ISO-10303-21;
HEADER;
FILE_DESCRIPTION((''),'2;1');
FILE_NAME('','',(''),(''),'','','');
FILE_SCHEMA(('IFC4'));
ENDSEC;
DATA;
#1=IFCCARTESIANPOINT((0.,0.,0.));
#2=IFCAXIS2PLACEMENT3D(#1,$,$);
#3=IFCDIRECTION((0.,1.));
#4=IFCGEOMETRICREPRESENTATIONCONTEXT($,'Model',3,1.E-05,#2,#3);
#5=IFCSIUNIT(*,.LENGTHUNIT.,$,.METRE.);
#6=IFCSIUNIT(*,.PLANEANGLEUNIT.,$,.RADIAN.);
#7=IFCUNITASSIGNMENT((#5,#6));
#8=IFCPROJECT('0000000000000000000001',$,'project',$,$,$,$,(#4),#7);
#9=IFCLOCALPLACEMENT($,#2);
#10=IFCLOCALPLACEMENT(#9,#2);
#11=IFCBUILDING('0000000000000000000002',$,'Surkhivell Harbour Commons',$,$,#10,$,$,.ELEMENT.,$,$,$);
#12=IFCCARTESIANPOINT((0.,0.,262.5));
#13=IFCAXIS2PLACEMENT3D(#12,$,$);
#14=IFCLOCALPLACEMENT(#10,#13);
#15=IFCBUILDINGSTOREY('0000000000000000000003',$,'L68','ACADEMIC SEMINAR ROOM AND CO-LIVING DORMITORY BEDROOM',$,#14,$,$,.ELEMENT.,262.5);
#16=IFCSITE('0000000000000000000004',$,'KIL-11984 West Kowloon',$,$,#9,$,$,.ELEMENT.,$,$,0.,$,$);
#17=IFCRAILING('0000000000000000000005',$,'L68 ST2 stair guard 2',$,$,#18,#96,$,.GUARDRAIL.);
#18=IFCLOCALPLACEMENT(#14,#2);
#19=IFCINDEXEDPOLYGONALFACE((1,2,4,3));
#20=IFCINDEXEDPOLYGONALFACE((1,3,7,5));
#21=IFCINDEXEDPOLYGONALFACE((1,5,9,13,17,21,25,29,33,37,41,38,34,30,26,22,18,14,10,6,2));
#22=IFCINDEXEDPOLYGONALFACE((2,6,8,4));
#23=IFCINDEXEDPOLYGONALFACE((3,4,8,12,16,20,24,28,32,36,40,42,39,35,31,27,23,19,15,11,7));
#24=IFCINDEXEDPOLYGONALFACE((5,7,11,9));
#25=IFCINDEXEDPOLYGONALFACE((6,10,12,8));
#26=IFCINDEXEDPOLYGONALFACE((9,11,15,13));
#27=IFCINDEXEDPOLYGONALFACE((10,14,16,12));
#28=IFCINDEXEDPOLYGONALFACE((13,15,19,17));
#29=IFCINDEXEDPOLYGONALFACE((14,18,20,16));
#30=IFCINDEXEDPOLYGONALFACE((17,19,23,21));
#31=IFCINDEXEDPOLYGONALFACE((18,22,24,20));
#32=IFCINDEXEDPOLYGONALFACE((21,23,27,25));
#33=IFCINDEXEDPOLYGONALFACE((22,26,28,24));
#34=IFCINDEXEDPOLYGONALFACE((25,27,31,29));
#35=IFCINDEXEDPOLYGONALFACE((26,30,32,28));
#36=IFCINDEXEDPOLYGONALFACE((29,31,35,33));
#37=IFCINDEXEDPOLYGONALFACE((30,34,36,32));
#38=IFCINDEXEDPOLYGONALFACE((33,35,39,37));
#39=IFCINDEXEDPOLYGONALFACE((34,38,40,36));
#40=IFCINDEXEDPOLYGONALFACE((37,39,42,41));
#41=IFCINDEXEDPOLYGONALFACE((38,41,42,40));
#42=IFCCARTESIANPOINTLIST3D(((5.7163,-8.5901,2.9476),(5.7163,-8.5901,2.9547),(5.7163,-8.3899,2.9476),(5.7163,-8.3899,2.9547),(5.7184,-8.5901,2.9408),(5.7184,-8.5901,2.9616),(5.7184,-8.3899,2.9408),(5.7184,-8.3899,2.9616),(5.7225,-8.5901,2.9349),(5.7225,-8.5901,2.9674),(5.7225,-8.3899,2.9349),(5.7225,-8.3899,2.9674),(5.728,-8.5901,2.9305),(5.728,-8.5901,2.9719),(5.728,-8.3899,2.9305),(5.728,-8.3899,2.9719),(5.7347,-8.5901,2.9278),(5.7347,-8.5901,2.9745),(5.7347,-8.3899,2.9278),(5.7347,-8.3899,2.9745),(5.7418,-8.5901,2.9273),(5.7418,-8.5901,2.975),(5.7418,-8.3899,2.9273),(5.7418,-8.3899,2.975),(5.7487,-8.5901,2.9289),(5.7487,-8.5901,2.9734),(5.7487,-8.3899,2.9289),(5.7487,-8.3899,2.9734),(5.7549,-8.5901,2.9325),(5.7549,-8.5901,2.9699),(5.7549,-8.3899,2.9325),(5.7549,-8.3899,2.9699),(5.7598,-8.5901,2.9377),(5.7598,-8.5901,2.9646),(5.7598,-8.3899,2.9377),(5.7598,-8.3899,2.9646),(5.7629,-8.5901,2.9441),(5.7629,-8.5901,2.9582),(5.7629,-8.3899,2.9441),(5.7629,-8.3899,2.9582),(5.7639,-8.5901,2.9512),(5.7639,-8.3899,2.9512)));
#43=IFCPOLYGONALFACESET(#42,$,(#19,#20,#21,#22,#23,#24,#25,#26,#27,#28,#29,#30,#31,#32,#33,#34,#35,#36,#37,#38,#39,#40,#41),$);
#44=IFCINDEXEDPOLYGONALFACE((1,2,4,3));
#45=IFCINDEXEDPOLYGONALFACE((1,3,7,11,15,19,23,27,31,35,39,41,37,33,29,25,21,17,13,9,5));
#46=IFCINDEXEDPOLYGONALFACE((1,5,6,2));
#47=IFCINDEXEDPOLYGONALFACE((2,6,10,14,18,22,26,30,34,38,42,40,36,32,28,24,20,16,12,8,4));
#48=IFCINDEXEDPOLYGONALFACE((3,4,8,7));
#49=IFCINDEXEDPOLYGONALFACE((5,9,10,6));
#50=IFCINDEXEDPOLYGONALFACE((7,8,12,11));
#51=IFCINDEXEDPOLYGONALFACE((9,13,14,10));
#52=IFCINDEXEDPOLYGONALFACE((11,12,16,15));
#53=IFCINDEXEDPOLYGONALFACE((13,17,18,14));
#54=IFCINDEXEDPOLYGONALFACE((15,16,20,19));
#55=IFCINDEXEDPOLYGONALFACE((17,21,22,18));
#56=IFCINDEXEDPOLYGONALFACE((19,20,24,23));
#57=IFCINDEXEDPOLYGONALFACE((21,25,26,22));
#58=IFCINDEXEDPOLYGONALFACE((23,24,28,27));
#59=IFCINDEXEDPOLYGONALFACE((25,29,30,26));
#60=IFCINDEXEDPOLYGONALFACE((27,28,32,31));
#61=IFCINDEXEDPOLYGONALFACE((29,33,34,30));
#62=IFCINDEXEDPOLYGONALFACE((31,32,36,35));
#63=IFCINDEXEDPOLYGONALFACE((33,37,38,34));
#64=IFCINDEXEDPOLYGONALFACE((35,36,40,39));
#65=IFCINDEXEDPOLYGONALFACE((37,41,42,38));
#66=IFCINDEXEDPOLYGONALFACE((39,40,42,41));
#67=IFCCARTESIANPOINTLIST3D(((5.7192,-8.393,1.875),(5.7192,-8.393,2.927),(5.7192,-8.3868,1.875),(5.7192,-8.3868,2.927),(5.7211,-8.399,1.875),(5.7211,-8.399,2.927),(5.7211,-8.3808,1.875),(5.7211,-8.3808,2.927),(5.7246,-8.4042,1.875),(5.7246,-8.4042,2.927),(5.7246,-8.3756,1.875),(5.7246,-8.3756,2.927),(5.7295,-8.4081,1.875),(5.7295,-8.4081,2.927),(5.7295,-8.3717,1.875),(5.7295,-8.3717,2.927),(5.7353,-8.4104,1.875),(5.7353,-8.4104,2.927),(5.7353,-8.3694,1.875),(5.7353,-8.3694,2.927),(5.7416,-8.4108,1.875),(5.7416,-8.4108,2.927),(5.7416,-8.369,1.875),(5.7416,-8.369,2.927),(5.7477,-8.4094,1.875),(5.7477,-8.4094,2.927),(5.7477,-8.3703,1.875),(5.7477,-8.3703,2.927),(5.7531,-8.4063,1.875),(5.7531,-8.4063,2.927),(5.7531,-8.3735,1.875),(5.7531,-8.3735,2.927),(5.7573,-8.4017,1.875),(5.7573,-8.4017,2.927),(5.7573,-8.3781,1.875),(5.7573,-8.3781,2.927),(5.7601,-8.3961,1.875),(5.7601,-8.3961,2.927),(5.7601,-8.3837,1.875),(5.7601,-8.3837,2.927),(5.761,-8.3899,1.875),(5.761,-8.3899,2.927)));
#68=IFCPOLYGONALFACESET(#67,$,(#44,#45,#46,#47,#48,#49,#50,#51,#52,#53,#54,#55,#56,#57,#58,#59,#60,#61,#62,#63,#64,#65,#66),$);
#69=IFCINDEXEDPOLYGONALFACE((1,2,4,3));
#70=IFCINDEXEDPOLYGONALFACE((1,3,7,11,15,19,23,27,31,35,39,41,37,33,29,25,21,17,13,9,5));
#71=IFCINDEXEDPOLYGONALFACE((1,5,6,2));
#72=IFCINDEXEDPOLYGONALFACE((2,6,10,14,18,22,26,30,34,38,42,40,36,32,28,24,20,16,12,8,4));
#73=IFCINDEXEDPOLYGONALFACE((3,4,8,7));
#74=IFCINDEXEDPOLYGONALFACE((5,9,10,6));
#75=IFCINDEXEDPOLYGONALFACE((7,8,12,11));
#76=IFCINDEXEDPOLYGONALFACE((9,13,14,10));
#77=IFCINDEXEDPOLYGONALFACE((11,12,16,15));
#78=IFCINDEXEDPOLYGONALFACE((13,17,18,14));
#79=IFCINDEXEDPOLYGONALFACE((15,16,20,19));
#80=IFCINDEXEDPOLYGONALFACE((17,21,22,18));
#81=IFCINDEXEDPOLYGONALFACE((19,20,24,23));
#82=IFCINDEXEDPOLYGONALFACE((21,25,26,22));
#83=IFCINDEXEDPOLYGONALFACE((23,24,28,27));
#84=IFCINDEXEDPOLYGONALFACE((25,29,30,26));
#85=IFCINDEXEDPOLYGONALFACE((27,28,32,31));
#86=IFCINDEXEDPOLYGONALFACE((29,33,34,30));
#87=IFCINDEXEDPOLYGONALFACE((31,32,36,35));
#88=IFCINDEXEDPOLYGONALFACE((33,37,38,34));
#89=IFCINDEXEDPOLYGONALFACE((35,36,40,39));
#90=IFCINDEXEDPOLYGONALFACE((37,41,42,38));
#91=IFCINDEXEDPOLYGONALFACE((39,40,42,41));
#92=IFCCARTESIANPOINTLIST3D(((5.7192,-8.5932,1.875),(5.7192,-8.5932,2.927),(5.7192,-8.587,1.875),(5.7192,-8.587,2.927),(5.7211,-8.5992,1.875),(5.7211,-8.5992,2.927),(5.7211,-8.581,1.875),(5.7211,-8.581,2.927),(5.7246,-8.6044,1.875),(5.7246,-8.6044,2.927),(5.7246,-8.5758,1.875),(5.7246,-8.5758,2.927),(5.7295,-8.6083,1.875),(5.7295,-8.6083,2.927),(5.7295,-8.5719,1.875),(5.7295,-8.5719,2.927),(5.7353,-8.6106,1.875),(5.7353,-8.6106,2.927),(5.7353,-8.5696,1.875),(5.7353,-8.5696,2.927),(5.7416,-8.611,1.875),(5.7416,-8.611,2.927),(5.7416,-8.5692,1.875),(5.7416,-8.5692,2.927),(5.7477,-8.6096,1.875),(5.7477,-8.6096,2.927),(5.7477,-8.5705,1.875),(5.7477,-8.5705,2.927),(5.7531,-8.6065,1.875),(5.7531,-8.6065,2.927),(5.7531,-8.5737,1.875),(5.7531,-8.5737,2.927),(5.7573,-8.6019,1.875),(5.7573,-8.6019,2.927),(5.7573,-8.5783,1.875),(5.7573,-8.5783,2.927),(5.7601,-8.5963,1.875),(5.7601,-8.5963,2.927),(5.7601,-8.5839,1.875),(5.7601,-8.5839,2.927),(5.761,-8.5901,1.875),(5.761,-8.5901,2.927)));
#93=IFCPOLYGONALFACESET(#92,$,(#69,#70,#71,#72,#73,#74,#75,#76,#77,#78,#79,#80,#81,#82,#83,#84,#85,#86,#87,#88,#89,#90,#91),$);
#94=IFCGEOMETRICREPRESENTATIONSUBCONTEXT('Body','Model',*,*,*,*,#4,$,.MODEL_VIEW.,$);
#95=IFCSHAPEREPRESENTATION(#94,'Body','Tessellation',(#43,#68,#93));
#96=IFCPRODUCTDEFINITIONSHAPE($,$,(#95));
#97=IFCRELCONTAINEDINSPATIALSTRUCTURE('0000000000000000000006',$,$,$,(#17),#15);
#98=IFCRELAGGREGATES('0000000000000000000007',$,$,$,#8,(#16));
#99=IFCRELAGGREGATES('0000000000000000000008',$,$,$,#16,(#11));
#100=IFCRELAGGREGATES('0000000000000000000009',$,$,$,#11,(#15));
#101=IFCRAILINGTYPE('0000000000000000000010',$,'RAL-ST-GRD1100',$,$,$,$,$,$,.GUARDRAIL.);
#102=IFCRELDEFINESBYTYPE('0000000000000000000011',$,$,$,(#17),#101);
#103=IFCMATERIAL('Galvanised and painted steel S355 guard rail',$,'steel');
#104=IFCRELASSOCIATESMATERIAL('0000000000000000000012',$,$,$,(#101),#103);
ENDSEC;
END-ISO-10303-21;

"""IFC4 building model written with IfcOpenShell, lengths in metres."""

from ifc_helpers import new_model, si_unit, direction, frame, origin, origin_2d, place, context, subcontext, project, spatial, circle, extrude, material, type_object, element, save


model = new_model("IFC4")

# Units and contexts
model_context = context("Model", 3, precision=1e-05, world=origin(), true_north=direction((0.0, 1.0)))
body_context = subcontext(model_context, "Body", "Model", "MODEL_VIEW")
ifc_project = project(units=[si_unit("LENGTHUNIT", "METRE"), si_unit("PLANEANGLEUNIT", "RADIAN")], contexts=[model_context])

# Site, building, storey
site_placement = place(None, origin())
site = spatial("IfcSite", under=ifc_project, at=site_placement, Name="KIL-11984 West Kowloon", CompositionType="ELEMENT", RefElevation=0.0)
building_placement = place(site_placement, origin())
building = spatial("IfcBuilding", under=site, at=building_placement, Name="Surkhivell Harbour Commons", CompositionType="ELEMENT")
storey_placement = place(building_placement, frame((0.0, 0.0, 262.5)))
storey = spatial("IfcBuildingStorey", under=building, at=storey_placement, Name="L68", Description="ACADEMIC SEMINAR ROOM AND CO-LIVING DORMITORY BEDROOM", CompositionType="ELEMENT", Elevation=262.5)

# Railing
ifc_material_1 = material(Name="Galvanised and painted steel S355 guard rail", Category="steel")
railing_type_1 = type_object("IfcRailingType", Name="RAL-ST-GRD1100", PredefinedType="GUARDRAIL", material=ifc_material_1)
railing_1_placement = place(storey_placement, frame((5.74, -8.3899, 1.875)))
element("IfcRailing", 1, at=railing_1_placement, inside=storey, type_object=railing_type_1, Name="L68 ST2 stair guard 2", PredefinedType="GUARDRAIL", context=body_context, shape_type="SweptSolid", body=[
    extrude(circle(Radius=0.0239, at=origin_2d()), frame((0.0, 0.0, 1.0762), z_axis=(0.0, -1.0, 0.0), x_axis=(1.0, 0.0, 0.0)), (0.0, 0.0, 1.0), 0.2002),
    extrude(circle(Radius=0.021, at=origin_2d()), origin(), (0.0, 0.0, 1.0), 1.052),
    extrude(circle(Radius=0.021, at=origin_2d()), frame((0.0, -0.2002, 0.0)), (0.0, 0.0, 1.0), 1.052),
])

save(model, "model.ifc")
